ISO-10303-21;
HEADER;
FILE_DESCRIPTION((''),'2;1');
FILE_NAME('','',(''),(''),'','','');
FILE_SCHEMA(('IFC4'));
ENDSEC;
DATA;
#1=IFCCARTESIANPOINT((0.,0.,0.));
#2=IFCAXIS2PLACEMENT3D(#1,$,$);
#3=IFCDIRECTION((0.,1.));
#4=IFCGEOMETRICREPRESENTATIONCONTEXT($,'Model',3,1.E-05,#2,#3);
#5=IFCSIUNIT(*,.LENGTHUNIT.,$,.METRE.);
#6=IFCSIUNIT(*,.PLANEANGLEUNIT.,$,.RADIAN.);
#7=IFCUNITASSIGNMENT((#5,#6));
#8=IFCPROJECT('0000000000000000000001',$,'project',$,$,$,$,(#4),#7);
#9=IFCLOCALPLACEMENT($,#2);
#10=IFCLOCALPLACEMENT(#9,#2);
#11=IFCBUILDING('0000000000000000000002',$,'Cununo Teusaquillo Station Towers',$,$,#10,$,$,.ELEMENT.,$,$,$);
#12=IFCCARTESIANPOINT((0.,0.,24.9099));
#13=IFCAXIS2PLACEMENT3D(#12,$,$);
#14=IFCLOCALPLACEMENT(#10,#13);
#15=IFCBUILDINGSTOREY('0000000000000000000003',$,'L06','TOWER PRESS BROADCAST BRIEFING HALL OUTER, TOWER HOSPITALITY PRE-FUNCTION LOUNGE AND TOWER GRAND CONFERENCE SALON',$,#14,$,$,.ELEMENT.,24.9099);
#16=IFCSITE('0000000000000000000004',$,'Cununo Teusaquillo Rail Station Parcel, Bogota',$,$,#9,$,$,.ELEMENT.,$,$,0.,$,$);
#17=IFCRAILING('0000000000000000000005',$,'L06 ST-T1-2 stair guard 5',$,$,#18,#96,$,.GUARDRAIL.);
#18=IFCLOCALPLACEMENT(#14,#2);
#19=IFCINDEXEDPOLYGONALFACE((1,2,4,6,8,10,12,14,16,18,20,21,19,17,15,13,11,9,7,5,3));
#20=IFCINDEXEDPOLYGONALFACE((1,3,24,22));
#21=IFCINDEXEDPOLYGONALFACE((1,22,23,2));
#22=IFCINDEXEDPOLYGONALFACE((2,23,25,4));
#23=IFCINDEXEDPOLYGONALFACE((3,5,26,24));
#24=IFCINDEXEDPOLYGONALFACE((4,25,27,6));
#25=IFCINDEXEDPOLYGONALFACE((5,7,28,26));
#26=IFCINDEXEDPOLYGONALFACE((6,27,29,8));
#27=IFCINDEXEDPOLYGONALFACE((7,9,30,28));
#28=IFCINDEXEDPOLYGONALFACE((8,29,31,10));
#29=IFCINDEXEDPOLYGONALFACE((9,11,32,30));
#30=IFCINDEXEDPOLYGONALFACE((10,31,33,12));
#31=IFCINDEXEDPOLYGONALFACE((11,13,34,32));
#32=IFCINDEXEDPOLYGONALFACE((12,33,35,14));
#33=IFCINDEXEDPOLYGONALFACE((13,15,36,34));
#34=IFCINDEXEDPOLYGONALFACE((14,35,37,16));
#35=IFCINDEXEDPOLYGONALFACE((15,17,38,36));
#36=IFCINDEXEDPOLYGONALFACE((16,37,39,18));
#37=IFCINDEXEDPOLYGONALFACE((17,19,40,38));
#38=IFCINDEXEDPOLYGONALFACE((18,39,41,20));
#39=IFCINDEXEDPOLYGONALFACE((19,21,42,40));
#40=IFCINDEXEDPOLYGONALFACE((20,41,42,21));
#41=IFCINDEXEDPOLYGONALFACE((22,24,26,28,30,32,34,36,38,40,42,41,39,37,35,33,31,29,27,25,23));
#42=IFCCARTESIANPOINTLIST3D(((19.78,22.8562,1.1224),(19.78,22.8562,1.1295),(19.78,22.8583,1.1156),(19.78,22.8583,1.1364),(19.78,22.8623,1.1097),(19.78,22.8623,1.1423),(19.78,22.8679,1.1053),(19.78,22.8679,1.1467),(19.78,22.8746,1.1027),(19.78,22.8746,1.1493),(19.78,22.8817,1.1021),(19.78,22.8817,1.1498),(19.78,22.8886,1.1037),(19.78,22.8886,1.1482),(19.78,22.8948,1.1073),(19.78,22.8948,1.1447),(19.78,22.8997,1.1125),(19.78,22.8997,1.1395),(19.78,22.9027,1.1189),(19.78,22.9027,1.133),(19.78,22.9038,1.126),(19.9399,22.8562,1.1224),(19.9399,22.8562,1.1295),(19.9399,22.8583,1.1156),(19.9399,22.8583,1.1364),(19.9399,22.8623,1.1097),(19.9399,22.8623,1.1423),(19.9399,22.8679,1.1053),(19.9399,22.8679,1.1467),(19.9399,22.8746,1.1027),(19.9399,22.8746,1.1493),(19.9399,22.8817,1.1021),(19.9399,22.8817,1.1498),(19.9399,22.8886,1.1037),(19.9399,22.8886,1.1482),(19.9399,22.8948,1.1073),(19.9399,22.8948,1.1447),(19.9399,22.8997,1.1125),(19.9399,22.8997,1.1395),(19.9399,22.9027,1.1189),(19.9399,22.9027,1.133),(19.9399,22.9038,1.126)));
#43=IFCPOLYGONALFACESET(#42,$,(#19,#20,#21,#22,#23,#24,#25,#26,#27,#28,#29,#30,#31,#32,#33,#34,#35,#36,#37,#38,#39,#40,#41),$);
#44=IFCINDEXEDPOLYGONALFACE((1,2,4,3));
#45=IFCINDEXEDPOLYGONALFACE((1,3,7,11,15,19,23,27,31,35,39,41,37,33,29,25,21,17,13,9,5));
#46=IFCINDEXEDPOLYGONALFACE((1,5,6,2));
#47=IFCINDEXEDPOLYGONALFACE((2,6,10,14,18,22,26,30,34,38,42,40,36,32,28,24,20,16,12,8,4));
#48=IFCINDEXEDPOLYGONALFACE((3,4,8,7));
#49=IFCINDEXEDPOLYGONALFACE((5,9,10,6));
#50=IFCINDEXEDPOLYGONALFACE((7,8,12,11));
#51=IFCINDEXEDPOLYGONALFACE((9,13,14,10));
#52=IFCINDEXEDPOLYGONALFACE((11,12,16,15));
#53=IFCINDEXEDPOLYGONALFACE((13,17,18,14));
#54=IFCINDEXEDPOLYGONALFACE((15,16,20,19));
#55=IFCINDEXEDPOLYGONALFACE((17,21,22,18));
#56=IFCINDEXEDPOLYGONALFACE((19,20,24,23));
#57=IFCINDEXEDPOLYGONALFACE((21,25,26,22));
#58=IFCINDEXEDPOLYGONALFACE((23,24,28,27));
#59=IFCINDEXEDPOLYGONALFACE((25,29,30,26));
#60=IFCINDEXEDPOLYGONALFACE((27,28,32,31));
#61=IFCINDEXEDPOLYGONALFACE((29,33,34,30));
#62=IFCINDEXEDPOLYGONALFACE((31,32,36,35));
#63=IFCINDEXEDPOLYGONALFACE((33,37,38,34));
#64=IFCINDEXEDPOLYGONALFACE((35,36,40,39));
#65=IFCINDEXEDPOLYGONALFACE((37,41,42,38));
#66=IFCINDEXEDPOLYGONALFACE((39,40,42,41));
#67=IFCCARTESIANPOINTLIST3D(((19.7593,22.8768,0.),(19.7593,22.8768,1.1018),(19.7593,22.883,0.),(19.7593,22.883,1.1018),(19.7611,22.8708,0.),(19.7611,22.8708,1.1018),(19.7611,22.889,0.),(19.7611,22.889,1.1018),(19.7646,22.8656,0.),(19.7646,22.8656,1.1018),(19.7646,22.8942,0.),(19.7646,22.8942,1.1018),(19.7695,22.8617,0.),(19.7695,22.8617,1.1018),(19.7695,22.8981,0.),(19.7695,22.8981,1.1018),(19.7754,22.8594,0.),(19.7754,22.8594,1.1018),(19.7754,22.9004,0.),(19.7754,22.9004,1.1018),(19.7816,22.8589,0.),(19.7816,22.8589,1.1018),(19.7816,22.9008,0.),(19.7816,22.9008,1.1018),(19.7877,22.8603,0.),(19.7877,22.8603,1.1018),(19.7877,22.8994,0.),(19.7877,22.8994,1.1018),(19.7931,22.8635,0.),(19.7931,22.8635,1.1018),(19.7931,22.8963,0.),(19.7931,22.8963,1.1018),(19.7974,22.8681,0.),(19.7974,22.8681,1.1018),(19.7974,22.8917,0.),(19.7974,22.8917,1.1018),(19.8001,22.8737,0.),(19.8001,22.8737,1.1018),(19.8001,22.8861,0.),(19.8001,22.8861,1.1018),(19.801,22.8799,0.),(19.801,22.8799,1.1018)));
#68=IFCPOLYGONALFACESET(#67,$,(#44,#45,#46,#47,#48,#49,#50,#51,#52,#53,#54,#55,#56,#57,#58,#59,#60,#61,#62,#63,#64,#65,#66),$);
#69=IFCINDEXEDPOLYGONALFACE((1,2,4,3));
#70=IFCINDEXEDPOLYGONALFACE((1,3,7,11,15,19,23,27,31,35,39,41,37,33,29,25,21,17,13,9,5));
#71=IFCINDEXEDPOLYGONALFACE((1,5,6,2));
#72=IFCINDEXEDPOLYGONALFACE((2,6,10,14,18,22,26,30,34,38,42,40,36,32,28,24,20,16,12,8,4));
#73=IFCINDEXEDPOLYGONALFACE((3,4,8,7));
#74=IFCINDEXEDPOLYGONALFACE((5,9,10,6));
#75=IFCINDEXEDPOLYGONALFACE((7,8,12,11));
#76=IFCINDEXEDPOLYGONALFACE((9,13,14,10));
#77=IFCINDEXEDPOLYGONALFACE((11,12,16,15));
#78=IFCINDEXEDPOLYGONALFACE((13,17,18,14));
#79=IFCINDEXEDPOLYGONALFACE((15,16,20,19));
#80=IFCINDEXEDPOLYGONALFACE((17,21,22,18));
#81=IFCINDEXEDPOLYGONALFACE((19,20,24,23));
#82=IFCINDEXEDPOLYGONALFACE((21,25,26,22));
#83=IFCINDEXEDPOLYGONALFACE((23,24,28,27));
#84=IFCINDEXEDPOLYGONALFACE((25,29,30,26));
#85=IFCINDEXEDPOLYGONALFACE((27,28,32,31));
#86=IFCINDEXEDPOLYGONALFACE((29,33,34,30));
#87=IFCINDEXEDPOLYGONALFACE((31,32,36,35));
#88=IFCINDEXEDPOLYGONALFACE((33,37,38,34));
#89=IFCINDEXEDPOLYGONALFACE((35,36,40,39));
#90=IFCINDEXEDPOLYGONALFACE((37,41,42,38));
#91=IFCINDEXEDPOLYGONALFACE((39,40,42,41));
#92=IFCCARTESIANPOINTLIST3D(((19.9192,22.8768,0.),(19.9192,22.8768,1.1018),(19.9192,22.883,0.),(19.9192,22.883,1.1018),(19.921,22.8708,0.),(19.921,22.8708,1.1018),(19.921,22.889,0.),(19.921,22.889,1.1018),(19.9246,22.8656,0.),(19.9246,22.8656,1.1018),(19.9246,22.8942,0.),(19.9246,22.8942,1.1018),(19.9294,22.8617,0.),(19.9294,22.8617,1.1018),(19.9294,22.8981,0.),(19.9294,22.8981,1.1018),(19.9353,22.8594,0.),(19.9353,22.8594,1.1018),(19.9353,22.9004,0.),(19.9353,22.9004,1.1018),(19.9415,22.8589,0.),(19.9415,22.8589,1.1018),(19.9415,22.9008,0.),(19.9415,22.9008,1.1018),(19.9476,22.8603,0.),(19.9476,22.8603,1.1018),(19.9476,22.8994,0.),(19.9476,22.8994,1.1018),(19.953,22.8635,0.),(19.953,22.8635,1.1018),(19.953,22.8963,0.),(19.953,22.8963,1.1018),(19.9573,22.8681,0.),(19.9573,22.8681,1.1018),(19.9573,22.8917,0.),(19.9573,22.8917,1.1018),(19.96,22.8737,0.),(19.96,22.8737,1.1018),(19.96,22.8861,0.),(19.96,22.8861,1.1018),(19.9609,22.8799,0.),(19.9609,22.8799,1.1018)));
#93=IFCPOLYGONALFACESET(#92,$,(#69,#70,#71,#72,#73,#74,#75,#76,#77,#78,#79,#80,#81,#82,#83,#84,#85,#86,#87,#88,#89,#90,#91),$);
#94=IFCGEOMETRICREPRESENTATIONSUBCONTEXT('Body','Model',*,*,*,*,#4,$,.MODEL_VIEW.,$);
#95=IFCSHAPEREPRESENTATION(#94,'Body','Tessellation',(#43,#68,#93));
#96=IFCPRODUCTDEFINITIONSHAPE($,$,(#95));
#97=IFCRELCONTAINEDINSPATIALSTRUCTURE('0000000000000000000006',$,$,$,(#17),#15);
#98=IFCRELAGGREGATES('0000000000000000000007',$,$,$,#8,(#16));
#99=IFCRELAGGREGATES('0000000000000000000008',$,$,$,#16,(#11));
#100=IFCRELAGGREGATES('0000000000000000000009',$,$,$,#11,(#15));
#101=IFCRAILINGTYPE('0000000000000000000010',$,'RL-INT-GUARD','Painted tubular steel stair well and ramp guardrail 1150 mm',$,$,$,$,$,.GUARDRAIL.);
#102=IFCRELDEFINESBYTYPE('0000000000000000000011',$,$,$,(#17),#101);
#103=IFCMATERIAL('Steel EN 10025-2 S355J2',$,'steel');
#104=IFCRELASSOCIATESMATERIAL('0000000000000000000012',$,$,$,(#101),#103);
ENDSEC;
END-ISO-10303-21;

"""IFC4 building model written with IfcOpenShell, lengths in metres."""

from ifc_helpers import new_model, si_unit, direction, frame, origin, origin_2d, place, context, subcontext, project, spatial, circle, extrude, material, type_object, element, save


model = new_model("IFC4")

# Units and contexts
model_context = context("Model", 3, precision=1e-05, world=origin(), true_north=direction((0.0, 1.0)))
body_context = subcontext(model_context, "Body", "Model", "MODEL_VIEW")
ifc_project = project(units=[si_unit("LENGTHUNIT", "METRE"), si_unit("PLANEANGLEUNIT", "RADIAN")], contexts=[model_context])

# Site, building, storey
site_placement = place(None, origin())
site = spatial("IfcSite", under=ifc_project, at=site_placement, Name="Cununo Teusaquillo Rail Station Parcel, Bogota", CompositionType="ELEMENT", RefElevation=0.0)
building_placement = place(site_placement, origin())
building = spatial("IfcBuilding", under=site, at=building_placement, Name="Cununo Teusaquillo Station Towers", CompositionType="ELEMENT")
storey_placement = place(building_placement, frame((0.0, 0.0, 24.9099)))
storey = spatial("IfcBuildingStorey", under=building, at=storey_placement, Name="L06", Description="TOWER PRESS BROADCAST BRIEFING HALL OUTER, TOWER HOSPITALITY PRE-FUNCTION LOUNGE AND TOWER GRAND CONFERENCE SALON", CompositionType="ELEMENT", Elevation=24.9099)

# Railing
ifc_material_1 = material(Name="Steel EN 10025-2 S355J2", Category="steel")
railing_type_1 = type_object("IfcRailingType", Name="RL-INT-GUARD", Description="Painted tubular steel stair well and ramp guardrail 1150 mm", PredefinedType="GUARDRAIL", material=ifc_material_1)
railing_1_placement = place(storey_placement, frame((19.78, 22.8799, 0.0)))
element("IfcRailing", 1, at=railing_1_placement, inside=storey, type_object=railing_type_1, Name="L06 ST-T1-2 stair guard 5", PredefinedType="GUARDRAIL", context=body_context, shape_type="SweptSolid", body=[
    extrude(circle(Radius=0.0239, at=origin_2d()), frame((0.0, 0.0, 1.126), z_axis=(1.0, 0.0, 0.0), x_axis=(0.0, 1.0, 0.0)), (0.0, 0.0, 1.0), 0.1599),
    extrude(circle(Radius=0.021, at=origin_2d()), origin(), (0.0, 0.0, 1.0), 1.1018),
    extrude(circle(Radius=0.021, at=origin_2d()), frame((0.1599, 0.0, 0.0)), (0.0, 0.0, 1.0), 1.1018),
])

save(model, "model.ifc")
